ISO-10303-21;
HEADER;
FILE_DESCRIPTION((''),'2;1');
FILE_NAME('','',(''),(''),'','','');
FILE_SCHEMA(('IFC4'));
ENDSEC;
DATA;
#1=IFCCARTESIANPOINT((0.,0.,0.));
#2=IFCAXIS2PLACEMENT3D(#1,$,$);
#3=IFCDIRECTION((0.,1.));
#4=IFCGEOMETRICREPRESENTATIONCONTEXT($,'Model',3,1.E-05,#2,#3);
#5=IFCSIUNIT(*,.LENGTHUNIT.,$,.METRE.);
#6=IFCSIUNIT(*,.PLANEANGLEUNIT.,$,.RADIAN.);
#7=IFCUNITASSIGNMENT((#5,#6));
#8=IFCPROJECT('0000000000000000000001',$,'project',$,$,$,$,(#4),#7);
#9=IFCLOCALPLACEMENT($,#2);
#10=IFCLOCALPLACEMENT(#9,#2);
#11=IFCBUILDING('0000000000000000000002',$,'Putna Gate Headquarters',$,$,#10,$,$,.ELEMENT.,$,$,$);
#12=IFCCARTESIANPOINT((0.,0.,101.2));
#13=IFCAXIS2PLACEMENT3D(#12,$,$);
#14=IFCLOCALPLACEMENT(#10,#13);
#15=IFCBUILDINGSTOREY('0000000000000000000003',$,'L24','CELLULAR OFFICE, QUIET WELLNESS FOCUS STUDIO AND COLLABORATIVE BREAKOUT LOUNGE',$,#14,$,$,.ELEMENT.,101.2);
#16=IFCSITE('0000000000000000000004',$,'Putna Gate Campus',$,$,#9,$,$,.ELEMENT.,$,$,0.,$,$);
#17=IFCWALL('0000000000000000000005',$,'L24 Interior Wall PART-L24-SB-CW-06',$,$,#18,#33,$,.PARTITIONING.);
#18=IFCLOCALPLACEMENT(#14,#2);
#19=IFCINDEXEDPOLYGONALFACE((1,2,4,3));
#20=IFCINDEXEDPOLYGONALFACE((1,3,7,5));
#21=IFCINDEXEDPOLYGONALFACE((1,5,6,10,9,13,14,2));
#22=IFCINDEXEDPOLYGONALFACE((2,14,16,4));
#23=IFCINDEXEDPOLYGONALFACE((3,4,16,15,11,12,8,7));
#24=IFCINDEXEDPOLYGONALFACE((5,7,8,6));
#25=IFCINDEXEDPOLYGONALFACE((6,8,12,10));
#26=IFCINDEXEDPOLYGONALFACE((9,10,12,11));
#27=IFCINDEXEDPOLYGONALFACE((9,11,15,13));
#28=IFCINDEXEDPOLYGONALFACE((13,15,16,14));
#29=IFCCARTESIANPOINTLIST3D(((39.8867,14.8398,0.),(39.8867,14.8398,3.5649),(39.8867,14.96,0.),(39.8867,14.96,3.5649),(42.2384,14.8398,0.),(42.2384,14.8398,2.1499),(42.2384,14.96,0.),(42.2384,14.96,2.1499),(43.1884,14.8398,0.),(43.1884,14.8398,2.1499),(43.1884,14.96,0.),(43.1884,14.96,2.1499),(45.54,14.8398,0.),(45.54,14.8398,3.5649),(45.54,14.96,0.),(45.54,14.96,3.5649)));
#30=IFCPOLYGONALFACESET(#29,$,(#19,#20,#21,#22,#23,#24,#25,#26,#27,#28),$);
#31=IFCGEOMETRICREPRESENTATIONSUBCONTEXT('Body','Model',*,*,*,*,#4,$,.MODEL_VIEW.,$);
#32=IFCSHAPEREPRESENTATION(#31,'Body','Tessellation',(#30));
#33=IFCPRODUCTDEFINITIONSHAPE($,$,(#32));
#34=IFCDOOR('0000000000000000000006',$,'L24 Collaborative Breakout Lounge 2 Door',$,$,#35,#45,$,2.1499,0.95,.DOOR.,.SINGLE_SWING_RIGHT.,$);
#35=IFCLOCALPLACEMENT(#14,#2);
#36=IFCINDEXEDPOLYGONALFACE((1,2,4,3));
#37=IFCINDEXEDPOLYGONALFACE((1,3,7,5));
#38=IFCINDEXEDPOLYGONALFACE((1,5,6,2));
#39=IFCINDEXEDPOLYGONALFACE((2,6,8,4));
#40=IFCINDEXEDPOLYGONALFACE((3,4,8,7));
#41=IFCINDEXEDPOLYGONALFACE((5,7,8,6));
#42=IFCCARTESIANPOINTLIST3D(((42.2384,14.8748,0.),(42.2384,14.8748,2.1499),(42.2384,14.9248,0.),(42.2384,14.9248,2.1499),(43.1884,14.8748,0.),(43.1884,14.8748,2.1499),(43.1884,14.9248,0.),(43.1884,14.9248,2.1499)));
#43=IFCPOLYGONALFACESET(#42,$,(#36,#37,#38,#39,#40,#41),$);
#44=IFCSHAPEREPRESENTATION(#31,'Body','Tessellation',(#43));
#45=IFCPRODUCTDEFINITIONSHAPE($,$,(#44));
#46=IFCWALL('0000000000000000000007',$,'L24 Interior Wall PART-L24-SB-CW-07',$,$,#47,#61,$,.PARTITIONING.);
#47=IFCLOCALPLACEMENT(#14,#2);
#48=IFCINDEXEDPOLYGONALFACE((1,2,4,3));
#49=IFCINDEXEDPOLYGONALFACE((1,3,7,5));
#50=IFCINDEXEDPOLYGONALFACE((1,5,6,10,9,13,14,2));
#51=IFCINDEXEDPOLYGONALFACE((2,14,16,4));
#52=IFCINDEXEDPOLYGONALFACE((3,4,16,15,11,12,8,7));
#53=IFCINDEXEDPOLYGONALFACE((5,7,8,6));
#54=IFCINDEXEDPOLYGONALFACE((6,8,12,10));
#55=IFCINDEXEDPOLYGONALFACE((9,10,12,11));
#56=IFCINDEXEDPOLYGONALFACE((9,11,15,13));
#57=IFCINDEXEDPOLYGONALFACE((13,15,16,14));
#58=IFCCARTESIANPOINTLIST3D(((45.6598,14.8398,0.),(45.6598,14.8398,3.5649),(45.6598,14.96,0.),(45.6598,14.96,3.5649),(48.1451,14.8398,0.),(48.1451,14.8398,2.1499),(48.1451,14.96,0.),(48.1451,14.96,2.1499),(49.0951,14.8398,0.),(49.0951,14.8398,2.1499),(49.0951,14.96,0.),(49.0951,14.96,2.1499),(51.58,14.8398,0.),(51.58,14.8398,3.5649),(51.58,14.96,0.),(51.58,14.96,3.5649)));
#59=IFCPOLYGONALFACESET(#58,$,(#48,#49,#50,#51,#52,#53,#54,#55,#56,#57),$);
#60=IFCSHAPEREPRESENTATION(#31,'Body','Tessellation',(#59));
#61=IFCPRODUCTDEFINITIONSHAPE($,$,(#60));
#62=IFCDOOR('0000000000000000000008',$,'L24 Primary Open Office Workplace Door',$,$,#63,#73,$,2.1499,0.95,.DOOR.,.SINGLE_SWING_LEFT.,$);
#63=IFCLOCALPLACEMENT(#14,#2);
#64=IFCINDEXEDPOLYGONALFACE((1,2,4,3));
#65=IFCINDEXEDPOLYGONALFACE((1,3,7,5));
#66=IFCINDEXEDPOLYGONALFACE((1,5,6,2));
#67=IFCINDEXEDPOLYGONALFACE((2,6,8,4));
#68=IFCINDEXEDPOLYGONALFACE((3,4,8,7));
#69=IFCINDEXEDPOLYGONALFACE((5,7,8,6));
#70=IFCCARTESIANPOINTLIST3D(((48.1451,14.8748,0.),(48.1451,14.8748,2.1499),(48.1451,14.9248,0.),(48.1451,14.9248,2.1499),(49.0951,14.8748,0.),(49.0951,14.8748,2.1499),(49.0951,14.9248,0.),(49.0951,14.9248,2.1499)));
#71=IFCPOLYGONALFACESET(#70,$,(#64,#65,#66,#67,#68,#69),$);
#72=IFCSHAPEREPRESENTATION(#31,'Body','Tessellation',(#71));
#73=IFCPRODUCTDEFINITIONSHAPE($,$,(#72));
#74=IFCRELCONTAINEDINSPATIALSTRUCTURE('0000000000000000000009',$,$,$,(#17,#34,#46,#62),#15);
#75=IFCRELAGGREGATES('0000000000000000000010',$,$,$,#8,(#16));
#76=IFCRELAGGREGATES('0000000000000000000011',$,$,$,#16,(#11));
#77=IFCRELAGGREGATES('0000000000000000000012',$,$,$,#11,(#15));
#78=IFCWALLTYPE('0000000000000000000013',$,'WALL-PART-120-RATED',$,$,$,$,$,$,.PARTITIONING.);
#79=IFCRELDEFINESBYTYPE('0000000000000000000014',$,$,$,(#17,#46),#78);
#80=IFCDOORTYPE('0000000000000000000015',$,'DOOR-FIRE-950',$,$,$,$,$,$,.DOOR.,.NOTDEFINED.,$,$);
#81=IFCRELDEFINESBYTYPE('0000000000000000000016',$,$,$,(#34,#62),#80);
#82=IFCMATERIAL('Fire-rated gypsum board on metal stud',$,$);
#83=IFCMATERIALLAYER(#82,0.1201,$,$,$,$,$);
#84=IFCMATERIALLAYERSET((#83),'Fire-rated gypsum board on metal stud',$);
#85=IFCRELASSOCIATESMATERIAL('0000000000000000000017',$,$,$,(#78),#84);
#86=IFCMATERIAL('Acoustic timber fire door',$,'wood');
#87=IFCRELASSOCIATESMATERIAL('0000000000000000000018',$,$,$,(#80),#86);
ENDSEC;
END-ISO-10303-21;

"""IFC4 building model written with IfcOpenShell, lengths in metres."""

from ifc_helpers import new_model, si_unit, direction, frame, frame_2d, origin, place, context, subcontext, project, spatial, rectangle, extrude, material, layer, layer_set, type_object, element, fill, save


model = new_model("IFC4")

# Units and contexts
model_context = context("Model", 3, precision=1e-05, world=origin(), true_north=direction((0.0, 1.0)))
body_context = subcontext(model_context, "Body", "Model", "MODEL_VIEW")
ifc_project = project(units=[si_unit("LENGTHUNIT", "METRE"), si_unit("PLANEANGLEUNIT", "RADIAN")], contexts=[model_context])

# Site, building, storey
site_placement = place(None, origin())
site = spatial("IfcSite", under=ifc_project, at=site_placement, Name="Putna Gate Campus", CompositionType="ELEMENT", RefElevation=0.0)
building_placement = place(site_placement, origin())
building = spatial("IfcBuilding", under=site, at=building_placement, Name="Putna Gate Headquarters", CompositionType="ELEMENT")
storey_placement = place(building_placement, frame((0.0, 0.0, 101.2)))
storey = spatial("IfcBuildingStorey", under=building, at=storey_placement, Name="L24", Description="CELLULAR OFFICE, QUIET WELLNESS FOCUS STUDIO AND COLLABORATIVE BREAKOUT LOUNGE", CompositionType="ELEMENT", Elevation=101.2)

# Shared definitions
ifc_material_1 = material(Name="Fire-rated gypsum board on metal stud")
ifc_layer = layer(ifc_material_1, 0.1201)
ifc_layer_set = layer_set([ifc_layer], Name="Fire-rated gypsum board on metal stud")
wall_type = type_object("IfcWallType", Name="WALL-PART-120-RATED", PredefinedType="PARTITIONING", material=ifc_layer_set)

# Walls, openings, doors
wall_1_placement = place(storey_placement, frame((39.8867, 14.8999, 0.0), z_axis=(0.0, 0.0, 1.0), x_axis=(1.0, 0.0, 0.0)))
wall_1 = element("IfcWall", 1, at=wall_1_placement, inside=storey, type_object=wall_type, Name="L24 Interior Wall PART-L24-SB-CW-06", PredefinedType="PARTITIONING", context=body_context, shape_type="SweptSolid", body=[
    extrude(rectangle(XDim=5.6533, YDim=0.1201, at=frame_2d((2.8267, 0.0))), origin(), (0.0, 0.0, 1.0), 3.5649),
])
opening_1_placement = place(wall_1_placement, frame((2.3516, 0.0, 0.0)))
opening_1 = element("IfcOpeningElement", 2, at=opening_1_placement, cuts=wall_1, PredefinedType="OPENING", context=body_context, shape_type="SweptSolid", body=[
    extrude(rectangle(XDim=0.95, YDim=2.1499, at=frame_2d((0.4751, 1.075))), frame((0.0, 0.0701, 0.0), z_axis=(0.0, -1.0, 0.0), x_axis=(1.0, 0.0, 0.0)), (0.0, 0.0, 1.0), 0.1401),
])
ifc_material_2 = material(Name="Acoustic timber fire door", Category="wood")
door_type = type_object("IfcDoorType", Name="DOOR-FIRE-950", OperationType="NOTDEFINED", PredefinedType="DOOR", material=ifc_material_2)
door_1_placement = place(opening_1_placement, origin())
door_1 = element("IfcDoor", 3, at=door_1_placement, inside=storey, type_object=door_type, Name="L24 Collaborative Breakout Lounge 2 Door", OperationType="SINGLE_SWING_RIGHT", OverallHeight=2.1499, OverallWidth=0.95, PredefinedType="DOOR", context=body_context, shape_type="SweptSolid", body=[
    extrude(rectangle(XDim=0.95, YDim=2.1499, at=frame_2d((0.4751, 1.075))), frame((0.0, 0.0249, 0.0), z_axis=(0.0, -1.0, 0.0), x_axis=(1.0, 0.0, 0.0)), (0.0, 0.0, 1.0), 0.05),
])
fill(opening_1, door_1)
wall_2_placement = place(storey_placement, frame((45.6599, 14.8999, 0.0), z_axis=(0.0, 0.0, 1.0), x_axis=(1.0, 0.0, 0.0)))
wall_2 = element("IfcWall", 4, at=wall_2_placement, inside=storey, type_object=wall_type, Name="L24 Interior Wall PART-L24-SB-CW-07", PredefinedType="PARTITIONING", context=body_context, shape_type="SweptSolid", body=[
    extrude(rectangle(XDim=5.9202, YDim=0.1201, at=frame_2d((2.96, 0.0))), origin(), (0.0, 0.0, 1.0), 3.5649),
])
opening_2_placement = place(wall_2_placement, frame((2.4851, 0.0, 0.0)))
opening_2 = element("IfcOpeningElement", 5, at=opening_2_placement, cuts=wall_2, PredefinedType="OPENING", context=body_context, shape_type="SweptSolid", body=[
    extrude(rectangle(XDim=0.95, YDim=2.1499, at=frame_2d((0.4751, 1.075))), frame((0.0, 0.0701, 0.0), z_axis=(0.0, -1.0, 0.0), x_axis=(1.0, 0.0, 0.0)), (0.0, 0.0, 1.0), 0.1401),
])
door_2_placement = place(opening_2_placement, origin())
door_2 = element("IfcDoor", 6, at=door_2_placement, inside=storey, type_object=door_type, Name="L24 Primary Open Office Workplace Door", OperationType="SINGLE_SWING_LEFT", OverallHeight=2.1499, OverallWidth=0.95, PredefinedType="DOOR", context=body_context, shape_type="SweptSolid", body=[
    extrude(rectangle(XDim=0.95, YDim=2.1499, at=frame_2d((0.4751, 1.075))), frame((0.0, 0.0249, 0.0), z_axis=(0.0, -1.0, 0.0), x_axis=(1.0, 0.0, 0.0)), (0.0, 0.0, 1.0), 0.05),
])
fill(opening_2, door_2)

save(model, "model.ifc")
